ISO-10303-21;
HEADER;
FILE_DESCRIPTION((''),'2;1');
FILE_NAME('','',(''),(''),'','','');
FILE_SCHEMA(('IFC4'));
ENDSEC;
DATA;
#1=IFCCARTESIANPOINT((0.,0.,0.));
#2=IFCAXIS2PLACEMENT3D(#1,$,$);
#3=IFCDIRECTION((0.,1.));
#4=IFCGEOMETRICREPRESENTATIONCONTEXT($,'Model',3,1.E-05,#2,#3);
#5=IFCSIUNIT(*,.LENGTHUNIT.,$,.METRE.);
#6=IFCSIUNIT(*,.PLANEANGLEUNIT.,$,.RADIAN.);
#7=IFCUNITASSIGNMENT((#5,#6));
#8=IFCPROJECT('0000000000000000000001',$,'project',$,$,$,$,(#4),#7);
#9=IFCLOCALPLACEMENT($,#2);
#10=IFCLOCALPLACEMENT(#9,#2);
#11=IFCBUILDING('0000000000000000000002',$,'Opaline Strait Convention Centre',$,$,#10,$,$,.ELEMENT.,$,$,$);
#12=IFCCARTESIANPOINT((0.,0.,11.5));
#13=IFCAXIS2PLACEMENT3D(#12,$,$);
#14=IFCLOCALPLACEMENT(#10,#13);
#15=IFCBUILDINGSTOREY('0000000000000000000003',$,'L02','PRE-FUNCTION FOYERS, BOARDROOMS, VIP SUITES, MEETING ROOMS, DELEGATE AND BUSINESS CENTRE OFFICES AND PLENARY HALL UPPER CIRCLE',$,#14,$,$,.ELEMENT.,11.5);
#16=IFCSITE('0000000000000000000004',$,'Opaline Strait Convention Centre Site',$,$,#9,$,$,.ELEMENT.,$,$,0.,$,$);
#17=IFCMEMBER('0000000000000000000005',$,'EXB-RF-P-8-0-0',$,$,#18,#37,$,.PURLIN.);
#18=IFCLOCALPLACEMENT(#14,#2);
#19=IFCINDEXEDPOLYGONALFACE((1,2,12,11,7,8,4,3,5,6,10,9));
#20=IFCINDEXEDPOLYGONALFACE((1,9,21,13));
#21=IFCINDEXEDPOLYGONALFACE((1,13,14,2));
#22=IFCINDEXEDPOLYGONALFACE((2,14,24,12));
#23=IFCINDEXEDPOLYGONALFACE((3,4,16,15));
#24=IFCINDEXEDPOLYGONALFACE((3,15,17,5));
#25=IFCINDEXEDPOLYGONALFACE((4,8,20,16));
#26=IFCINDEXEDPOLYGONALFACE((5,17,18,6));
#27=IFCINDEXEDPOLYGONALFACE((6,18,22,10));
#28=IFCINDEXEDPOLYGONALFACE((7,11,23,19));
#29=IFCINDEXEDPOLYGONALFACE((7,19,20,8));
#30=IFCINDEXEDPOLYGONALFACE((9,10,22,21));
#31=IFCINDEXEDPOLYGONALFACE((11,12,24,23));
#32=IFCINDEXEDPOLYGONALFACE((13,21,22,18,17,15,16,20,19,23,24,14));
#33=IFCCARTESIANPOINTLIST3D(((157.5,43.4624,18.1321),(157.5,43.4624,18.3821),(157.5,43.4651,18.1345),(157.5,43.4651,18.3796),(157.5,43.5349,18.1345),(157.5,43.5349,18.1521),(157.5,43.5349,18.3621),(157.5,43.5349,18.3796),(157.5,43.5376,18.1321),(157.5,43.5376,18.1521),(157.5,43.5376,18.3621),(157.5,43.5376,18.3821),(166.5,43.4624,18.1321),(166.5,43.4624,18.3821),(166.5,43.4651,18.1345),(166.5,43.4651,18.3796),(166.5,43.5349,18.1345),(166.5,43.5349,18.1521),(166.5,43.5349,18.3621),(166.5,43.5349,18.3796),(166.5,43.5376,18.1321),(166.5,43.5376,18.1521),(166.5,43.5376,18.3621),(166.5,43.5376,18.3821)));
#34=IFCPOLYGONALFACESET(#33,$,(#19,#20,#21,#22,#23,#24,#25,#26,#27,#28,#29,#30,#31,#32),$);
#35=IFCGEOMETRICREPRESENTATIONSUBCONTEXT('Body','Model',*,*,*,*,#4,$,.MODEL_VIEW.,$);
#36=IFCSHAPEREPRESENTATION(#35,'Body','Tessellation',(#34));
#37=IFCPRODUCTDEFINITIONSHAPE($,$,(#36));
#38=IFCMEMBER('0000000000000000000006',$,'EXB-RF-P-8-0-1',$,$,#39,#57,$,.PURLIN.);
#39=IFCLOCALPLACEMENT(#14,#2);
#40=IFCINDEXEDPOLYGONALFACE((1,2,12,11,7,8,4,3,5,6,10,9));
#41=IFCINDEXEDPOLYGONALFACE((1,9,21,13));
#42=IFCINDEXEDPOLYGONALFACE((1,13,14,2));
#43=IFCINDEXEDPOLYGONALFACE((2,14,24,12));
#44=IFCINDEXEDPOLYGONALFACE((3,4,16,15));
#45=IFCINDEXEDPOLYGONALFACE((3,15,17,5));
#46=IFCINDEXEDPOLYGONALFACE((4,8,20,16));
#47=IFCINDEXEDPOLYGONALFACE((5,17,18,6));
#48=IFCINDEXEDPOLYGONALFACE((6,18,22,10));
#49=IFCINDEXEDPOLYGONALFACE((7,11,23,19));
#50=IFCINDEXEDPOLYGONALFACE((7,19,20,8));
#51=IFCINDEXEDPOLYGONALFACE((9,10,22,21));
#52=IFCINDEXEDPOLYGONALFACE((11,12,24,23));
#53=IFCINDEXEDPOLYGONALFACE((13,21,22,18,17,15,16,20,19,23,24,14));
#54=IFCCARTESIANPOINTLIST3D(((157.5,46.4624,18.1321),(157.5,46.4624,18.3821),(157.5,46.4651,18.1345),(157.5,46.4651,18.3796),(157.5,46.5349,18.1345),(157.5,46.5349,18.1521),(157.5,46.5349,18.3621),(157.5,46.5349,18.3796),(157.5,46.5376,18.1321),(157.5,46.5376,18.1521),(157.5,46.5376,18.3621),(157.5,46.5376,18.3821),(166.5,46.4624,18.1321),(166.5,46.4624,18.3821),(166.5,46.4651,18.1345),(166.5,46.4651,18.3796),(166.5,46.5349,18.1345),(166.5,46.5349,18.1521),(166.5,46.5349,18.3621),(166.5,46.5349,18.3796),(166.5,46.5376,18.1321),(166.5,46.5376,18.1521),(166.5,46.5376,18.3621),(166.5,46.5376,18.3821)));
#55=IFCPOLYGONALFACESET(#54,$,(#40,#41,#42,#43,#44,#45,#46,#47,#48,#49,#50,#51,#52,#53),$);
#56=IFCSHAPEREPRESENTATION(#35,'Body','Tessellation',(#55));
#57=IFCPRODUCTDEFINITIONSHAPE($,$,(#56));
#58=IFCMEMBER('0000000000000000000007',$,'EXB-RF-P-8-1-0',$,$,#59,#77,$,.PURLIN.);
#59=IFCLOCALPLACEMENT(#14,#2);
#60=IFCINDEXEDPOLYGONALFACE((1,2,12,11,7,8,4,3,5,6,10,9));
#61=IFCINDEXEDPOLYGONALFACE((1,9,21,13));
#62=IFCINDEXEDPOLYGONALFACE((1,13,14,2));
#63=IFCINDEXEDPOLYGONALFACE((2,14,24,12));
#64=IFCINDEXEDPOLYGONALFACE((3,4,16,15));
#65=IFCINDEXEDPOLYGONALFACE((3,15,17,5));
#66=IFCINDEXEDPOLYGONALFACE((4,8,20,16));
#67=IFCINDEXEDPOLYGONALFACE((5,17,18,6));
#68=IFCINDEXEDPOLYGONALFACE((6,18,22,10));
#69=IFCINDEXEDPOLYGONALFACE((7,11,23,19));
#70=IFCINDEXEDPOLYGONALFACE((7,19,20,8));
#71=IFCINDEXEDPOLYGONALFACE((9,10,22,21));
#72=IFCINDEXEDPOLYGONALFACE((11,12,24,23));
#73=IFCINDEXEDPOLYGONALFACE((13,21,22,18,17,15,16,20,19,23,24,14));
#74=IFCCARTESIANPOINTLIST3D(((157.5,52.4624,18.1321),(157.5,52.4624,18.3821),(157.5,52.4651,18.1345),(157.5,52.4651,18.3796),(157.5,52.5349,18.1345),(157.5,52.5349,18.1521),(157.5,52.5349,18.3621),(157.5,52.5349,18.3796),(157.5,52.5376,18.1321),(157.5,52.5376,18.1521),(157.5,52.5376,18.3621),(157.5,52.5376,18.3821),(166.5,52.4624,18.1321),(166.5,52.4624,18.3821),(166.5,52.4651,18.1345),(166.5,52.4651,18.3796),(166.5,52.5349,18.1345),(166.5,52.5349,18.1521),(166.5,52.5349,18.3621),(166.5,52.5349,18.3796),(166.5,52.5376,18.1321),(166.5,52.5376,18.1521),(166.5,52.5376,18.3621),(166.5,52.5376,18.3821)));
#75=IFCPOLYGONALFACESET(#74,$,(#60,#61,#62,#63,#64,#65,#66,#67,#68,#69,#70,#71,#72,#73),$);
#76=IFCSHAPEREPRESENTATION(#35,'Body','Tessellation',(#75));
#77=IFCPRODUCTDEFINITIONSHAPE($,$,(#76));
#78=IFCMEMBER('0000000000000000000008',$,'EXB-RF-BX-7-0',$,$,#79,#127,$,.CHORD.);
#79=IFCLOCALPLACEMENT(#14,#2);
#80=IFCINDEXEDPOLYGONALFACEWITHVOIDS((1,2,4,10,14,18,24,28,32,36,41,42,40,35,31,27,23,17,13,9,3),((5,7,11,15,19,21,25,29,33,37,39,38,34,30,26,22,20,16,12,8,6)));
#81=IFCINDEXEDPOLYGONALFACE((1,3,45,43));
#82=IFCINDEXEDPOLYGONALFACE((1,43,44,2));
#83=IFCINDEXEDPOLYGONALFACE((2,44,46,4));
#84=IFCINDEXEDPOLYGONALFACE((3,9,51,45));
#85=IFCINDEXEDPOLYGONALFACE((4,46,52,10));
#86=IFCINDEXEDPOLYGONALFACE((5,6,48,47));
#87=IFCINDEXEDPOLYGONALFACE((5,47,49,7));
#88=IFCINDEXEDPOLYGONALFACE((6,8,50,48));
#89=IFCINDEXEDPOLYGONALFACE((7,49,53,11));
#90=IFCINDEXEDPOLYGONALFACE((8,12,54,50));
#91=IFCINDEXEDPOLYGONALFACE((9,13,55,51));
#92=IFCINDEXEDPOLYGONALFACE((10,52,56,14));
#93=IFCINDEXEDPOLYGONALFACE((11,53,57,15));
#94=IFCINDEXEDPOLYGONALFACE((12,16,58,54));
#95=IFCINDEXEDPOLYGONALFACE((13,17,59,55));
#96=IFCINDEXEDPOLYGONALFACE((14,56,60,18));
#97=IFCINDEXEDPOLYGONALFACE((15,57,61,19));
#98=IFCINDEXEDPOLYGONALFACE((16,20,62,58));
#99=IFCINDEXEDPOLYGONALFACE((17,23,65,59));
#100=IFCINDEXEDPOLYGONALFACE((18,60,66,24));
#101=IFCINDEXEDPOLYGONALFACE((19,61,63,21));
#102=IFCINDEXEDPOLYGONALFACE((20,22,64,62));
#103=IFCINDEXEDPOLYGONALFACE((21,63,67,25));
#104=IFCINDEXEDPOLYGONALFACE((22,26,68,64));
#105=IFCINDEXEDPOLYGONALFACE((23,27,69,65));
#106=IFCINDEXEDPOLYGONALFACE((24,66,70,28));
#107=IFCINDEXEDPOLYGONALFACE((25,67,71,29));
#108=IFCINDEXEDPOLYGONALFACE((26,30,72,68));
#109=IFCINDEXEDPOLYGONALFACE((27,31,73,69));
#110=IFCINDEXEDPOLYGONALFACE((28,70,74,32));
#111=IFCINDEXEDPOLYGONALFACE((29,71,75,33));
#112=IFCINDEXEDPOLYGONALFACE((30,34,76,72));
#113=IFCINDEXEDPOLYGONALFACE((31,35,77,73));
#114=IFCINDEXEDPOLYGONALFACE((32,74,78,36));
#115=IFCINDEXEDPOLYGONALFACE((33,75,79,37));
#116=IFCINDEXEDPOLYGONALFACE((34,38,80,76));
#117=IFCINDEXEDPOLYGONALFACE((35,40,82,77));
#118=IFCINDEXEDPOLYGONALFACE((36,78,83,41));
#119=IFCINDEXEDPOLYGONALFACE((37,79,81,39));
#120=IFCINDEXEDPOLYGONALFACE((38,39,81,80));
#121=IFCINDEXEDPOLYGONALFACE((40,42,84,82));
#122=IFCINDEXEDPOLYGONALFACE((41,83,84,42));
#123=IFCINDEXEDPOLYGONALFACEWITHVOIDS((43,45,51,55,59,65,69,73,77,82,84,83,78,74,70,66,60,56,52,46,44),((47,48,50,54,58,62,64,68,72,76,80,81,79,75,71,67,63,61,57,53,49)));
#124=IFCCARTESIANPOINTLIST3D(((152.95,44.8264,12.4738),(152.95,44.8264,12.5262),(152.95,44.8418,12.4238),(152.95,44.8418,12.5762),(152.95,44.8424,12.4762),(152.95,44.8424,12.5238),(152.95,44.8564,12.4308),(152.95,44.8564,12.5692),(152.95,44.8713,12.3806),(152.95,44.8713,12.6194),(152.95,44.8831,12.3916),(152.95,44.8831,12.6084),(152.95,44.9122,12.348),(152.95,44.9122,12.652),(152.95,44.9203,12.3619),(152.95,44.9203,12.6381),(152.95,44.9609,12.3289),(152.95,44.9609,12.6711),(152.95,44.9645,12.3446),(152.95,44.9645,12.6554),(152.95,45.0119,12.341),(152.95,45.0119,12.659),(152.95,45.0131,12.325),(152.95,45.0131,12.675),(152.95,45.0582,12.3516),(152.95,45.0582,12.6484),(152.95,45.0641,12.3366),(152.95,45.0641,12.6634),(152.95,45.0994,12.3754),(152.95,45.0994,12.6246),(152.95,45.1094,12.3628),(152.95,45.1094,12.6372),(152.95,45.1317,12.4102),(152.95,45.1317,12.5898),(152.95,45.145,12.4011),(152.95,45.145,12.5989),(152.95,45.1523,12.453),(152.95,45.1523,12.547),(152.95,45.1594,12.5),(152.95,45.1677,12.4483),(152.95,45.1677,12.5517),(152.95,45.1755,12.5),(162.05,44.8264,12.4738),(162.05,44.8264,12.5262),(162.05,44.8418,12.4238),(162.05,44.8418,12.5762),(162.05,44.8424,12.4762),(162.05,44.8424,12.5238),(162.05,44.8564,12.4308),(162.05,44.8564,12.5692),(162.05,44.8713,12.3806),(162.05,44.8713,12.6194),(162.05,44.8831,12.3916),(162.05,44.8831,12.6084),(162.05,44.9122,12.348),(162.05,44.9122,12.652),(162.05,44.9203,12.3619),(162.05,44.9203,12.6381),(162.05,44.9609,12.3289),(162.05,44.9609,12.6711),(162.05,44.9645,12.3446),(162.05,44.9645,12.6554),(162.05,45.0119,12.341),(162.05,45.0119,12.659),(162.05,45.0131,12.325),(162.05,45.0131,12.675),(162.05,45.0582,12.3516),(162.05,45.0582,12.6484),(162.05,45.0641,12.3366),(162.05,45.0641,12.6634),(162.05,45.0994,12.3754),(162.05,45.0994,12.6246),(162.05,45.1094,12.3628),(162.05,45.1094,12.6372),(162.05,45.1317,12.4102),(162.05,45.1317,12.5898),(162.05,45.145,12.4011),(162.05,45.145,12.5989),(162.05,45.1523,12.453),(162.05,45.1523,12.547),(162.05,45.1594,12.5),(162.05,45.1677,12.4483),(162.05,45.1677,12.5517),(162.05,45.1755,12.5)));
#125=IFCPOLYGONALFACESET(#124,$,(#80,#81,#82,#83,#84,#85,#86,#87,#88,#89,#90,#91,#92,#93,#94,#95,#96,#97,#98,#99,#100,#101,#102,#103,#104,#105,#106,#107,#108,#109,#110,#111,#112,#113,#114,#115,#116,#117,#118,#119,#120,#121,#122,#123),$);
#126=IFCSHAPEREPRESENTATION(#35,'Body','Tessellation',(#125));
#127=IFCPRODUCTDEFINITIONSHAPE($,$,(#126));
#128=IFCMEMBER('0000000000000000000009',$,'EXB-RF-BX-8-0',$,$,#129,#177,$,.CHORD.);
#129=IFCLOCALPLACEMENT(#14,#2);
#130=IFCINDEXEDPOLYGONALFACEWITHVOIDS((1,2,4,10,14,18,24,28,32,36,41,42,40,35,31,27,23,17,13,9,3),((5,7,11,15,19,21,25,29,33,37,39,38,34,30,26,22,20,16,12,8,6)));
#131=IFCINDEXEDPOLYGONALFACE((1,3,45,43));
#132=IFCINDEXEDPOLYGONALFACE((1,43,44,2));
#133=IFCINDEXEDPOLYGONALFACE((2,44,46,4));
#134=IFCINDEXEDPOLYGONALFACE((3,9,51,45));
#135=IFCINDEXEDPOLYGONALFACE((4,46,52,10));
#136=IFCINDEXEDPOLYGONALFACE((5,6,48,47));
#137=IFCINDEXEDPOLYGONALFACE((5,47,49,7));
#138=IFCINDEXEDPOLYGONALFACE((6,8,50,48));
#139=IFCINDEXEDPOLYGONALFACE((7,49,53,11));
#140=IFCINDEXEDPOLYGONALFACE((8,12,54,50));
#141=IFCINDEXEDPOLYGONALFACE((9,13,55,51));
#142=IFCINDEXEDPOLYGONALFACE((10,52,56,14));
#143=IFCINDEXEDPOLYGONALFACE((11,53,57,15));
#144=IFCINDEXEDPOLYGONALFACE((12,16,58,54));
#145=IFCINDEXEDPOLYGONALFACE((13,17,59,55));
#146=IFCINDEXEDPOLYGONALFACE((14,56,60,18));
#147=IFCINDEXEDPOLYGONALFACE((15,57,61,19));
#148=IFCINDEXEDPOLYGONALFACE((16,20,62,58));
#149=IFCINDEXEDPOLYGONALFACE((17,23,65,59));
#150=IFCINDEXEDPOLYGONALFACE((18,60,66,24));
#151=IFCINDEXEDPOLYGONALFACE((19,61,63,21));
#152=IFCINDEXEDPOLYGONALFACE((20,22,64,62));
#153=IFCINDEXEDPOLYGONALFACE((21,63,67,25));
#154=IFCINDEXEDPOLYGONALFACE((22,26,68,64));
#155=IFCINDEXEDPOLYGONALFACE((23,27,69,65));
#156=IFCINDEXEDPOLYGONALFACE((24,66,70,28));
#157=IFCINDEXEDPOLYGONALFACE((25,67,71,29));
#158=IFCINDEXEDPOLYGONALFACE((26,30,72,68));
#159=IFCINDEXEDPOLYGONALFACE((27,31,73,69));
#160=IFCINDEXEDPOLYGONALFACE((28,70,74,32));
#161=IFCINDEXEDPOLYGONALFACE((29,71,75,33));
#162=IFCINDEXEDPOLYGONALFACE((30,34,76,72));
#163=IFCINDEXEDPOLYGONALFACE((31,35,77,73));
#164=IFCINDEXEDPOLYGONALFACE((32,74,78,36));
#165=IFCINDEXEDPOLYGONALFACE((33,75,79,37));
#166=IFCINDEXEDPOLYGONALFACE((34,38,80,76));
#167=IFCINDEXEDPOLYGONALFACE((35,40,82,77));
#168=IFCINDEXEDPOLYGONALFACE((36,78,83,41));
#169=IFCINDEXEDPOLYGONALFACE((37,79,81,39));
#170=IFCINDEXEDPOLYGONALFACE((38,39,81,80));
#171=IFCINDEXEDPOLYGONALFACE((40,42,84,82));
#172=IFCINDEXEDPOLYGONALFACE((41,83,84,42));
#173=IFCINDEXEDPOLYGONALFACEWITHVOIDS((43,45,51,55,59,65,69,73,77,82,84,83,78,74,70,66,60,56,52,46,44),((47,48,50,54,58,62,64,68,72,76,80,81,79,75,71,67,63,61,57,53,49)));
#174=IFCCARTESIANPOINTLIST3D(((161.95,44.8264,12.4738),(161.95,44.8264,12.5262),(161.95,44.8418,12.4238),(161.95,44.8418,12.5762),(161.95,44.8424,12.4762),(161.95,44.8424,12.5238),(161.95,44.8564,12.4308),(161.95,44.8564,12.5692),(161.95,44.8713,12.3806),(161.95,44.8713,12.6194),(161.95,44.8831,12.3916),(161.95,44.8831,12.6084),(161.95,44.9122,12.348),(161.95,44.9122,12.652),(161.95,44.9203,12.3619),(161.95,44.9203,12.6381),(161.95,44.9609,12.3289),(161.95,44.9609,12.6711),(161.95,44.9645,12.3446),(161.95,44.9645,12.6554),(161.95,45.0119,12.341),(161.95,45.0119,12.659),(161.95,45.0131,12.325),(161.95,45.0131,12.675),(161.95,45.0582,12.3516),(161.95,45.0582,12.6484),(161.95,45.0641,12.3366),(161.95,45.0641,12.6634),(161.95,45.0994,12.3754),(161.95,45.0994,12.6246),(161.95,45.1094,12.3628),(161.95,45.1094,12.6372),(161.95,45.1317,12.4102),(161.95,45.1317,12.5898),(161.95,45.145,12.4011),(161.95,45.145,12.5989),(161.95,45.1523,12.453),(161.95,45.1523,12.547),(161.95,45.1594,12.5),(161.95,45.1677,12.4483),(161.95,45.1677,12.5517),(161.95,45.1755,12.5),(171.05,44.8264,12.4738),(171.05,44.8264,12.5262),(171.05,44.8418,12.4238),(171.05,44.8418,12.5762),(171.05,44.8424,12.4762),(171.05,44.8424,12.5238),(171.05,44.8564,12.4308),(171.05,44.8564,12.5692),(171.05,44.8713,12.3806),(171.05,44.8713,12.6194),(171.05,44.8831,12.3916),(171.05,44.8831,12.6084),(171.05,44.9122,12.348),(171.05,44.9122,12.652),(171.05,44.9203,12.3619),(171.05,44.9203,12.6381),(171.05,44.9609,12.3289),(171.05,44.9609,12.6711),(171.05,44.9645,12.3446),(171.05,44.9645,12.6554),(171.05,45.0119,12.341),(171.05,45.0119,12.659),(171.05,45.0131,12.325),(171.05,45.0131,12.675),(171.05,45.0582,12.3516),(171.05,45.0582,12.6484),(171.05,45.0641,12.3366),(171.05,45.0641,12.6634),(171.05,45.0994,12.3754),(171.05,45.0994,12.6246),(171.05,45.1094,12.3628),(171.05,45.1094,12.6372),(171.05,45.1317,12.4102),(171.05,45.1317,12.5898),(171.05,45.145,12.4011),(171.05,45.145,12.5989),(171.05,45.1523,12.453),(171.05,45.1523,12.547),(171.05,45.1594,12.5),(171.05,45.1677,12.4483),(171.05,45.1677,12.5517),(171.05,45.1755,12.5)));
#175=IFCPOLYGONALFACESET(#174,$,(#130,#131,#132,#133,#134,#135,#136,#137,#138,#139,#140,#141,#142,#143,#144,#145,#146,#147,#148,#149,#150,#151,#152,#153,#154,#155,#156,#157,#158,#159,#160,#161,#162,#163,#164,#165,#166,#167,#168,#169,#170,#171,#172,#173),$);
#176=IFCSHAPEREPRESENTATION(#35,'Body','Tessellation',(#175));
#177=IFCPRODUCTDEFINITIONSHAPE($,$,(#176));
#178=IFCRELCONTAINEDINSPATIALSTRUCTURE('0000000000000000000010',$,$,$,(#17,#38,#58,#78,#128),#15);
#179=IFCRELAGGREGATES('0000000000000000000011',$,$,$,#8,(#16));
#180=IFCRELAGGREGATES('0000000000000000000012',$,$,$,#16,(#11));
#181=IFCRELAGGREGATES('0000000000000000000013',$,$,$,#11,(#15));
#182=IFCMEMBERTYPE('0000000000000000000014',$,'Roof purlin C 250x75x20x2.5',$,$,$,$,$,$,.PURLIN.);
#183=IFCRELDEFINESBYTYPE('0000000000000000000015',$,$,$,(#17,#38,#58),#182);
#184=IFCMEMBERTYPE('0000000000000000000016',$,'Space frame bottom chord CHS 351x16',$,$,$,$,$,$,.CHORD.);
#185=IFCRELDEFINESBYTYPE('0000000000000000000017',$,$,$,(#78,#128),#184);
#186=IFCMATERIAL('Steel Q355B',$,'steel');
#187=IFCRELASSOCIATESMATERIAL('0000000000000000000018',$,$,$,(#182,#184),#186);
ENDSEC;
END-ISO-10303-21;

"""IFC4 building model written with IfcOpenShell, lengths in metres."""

from ifc_helpers import new_model, si_unit, direction, frame, origin, origin_2d, place, context, subcontext, project, spatial, polyline, hollow_circle, outline, extrude, material, material_profile, profile_set, type_object, element, save


model = new_model("IFC4")

# Units and contexts
model_context = context("Model", 3, precision=1e-05, world=origin(), true_north=direction((0.0, 1.0)))
body_context = subcontext(model_context, "Body", "Model", "MODEL_VIEW")
ifc_project = project(units=[si_unit("LENGTHUNIT", "METRE"), si_unit("PLANEANGLEUNIT", "RADIAN")], contexts=[model_context])

# Site, building, storey
site_placement = place(None, origin())
site = spatial("IfcSite", under=ifc_project, at=site_placement, Name="Opaline Strait Convention Centre Site", CompositionType="ELEMENT", RefElevation=0.0)
building_placement = place(site_placement, origin())
building = spatial("IfcBuilding", under=site, at=building_placement, Name="Opaline Strait Convention Centre", CompositionType="ELEMENT")
storey_placement = place(building_placement, frame((0.0, 0.0, 11.5)))
storey = spatial("IfcBuildingStorey", under=building, at=storey_placement, Name="L02", Description="PRE-FUNCTION FOYERS, BOARDROOMS, VIP SUITES, MEETING ROOMS, DELEGATE AND BUSINESS CENTRE OFFICES AND PLENARY HALL UPPER CIRCLE", CompositionType="ELEMENT", Elevation=11.5)

# Members
ifc_material_1 = material(Name="Steel Q355B", Category="steel")
ifc_material_profile_1 = material_profile(ifc_material_1, outline(polyline([(-0.0376, -0.125), (0.0376, -0.125), (0.0376, -0.105), (0.0349, -0.105), (0.0349, -0.1226), (-0.0349, -0.1226), (-0.0349, 0.1226), (0.0349, 0.1226), (0.0349, 0.105), (0.0376, 0.105), (0.0376, 0.125), (-0.0376, 0.125), (-0.0376, -0.125)])), Name="C 250x75x20x2.5")
ifc_profile_set_1 = profile_set([ifc_material_profile_1], Name="Steel Q355B")
member_type_1 = type_object("IfcMemberType", Name="Roof purlin C 250x75x20x2.5", PredefinedType="PURLIN", material=ifc_profile_set_1)
for number, where, z_axis, x_axis, name in (
    (1, (157.5, 43.5, 18.2571), (1.0, 0.0, 0.0), (0.0, 1.0, 0.0), "EXB-RF-P-8-0-0"),
    (2, (157.5, 46.5, 18.2571), (1.0, 0.0, 0.0), (0.0, 1.0, 0.0), "EXB-RF-P-8-0-1"),
    (3, (157.5, 52.5, 18.2571), (1.0, 0.0, 0.0), (0.0, 1.0, 0.0), "EXB-RF-P-8-1-0"),
):
    element("IfcMember", number, at=place(storey_placement, frame(where, z_axis=z_axis, x_axis=x_axis)), inside=storey, type_object=member_type_1, Name=name, PredefinedType="PURLIN", context=body_context, shape_type="SweptSolid", body=[
        extrude(outline(polyline([(-0.0376, -0.125), (0.0376, -0.125), (0.0376, -0.105), (0.0349, -0.105), (0.0349, -0.1226), (-0.0349, -0.1226), (-0.0349, 0.1226), (0.0349, 0.1226), (0.0349, 0.105), (0.0376, 0.105), (0.0376, 0.125), (-0.0376, 0.125), (-0.0376, -0.125)])), origin(), (0.0, 0.0, 1.0), 9.0),
    ])
ifc_material_profile_2 = material_profile(ifc_material_1, hollow_circle(Radius=0.1755, WallThickness=0.0161, at=origin_2d()), Name="CHS 351x16")
ifc_profile_set_2 = profile_set([ifc_material_profile_2], Name="Steel Q355B")
member_type_2 = type_object("IfcMemberType", Name="Space frame bottom chord CHS 351x16", PredefinedType="CHORD", material=ifc_profile_set_2)
for number, where, z_axis, x_axis, name in (
    (4, (152.95, 45.0, 12.5), (1.0, 0.0, 0.0), (0.0, 1.0, 0.0), "EXB-RF-BX-7-0"),
    (5, (161.95, 45.0, 12.5), (1.0, 0.0, 0.0), (0.0, 1.0, 0.0), "EXB-RF-BX-8-0"),
):
    element("IfcMember", number, at=place(storey_placement, frame(where, z_axis=z_axis, x_axis=x_axis)), inside=storey, type_object=member_type_2, Name=name, PredefinedType="CHORD", context=body_context, shape_type="SweptSolid", body=[
        extrude(hollow_circle(Radius=0.1755, WallThickness=0.0161, at=origin_2d()), origin(), (0.0, 0.0, 1.0), 9.1001),
    ])

save(model, "model.ifc")
